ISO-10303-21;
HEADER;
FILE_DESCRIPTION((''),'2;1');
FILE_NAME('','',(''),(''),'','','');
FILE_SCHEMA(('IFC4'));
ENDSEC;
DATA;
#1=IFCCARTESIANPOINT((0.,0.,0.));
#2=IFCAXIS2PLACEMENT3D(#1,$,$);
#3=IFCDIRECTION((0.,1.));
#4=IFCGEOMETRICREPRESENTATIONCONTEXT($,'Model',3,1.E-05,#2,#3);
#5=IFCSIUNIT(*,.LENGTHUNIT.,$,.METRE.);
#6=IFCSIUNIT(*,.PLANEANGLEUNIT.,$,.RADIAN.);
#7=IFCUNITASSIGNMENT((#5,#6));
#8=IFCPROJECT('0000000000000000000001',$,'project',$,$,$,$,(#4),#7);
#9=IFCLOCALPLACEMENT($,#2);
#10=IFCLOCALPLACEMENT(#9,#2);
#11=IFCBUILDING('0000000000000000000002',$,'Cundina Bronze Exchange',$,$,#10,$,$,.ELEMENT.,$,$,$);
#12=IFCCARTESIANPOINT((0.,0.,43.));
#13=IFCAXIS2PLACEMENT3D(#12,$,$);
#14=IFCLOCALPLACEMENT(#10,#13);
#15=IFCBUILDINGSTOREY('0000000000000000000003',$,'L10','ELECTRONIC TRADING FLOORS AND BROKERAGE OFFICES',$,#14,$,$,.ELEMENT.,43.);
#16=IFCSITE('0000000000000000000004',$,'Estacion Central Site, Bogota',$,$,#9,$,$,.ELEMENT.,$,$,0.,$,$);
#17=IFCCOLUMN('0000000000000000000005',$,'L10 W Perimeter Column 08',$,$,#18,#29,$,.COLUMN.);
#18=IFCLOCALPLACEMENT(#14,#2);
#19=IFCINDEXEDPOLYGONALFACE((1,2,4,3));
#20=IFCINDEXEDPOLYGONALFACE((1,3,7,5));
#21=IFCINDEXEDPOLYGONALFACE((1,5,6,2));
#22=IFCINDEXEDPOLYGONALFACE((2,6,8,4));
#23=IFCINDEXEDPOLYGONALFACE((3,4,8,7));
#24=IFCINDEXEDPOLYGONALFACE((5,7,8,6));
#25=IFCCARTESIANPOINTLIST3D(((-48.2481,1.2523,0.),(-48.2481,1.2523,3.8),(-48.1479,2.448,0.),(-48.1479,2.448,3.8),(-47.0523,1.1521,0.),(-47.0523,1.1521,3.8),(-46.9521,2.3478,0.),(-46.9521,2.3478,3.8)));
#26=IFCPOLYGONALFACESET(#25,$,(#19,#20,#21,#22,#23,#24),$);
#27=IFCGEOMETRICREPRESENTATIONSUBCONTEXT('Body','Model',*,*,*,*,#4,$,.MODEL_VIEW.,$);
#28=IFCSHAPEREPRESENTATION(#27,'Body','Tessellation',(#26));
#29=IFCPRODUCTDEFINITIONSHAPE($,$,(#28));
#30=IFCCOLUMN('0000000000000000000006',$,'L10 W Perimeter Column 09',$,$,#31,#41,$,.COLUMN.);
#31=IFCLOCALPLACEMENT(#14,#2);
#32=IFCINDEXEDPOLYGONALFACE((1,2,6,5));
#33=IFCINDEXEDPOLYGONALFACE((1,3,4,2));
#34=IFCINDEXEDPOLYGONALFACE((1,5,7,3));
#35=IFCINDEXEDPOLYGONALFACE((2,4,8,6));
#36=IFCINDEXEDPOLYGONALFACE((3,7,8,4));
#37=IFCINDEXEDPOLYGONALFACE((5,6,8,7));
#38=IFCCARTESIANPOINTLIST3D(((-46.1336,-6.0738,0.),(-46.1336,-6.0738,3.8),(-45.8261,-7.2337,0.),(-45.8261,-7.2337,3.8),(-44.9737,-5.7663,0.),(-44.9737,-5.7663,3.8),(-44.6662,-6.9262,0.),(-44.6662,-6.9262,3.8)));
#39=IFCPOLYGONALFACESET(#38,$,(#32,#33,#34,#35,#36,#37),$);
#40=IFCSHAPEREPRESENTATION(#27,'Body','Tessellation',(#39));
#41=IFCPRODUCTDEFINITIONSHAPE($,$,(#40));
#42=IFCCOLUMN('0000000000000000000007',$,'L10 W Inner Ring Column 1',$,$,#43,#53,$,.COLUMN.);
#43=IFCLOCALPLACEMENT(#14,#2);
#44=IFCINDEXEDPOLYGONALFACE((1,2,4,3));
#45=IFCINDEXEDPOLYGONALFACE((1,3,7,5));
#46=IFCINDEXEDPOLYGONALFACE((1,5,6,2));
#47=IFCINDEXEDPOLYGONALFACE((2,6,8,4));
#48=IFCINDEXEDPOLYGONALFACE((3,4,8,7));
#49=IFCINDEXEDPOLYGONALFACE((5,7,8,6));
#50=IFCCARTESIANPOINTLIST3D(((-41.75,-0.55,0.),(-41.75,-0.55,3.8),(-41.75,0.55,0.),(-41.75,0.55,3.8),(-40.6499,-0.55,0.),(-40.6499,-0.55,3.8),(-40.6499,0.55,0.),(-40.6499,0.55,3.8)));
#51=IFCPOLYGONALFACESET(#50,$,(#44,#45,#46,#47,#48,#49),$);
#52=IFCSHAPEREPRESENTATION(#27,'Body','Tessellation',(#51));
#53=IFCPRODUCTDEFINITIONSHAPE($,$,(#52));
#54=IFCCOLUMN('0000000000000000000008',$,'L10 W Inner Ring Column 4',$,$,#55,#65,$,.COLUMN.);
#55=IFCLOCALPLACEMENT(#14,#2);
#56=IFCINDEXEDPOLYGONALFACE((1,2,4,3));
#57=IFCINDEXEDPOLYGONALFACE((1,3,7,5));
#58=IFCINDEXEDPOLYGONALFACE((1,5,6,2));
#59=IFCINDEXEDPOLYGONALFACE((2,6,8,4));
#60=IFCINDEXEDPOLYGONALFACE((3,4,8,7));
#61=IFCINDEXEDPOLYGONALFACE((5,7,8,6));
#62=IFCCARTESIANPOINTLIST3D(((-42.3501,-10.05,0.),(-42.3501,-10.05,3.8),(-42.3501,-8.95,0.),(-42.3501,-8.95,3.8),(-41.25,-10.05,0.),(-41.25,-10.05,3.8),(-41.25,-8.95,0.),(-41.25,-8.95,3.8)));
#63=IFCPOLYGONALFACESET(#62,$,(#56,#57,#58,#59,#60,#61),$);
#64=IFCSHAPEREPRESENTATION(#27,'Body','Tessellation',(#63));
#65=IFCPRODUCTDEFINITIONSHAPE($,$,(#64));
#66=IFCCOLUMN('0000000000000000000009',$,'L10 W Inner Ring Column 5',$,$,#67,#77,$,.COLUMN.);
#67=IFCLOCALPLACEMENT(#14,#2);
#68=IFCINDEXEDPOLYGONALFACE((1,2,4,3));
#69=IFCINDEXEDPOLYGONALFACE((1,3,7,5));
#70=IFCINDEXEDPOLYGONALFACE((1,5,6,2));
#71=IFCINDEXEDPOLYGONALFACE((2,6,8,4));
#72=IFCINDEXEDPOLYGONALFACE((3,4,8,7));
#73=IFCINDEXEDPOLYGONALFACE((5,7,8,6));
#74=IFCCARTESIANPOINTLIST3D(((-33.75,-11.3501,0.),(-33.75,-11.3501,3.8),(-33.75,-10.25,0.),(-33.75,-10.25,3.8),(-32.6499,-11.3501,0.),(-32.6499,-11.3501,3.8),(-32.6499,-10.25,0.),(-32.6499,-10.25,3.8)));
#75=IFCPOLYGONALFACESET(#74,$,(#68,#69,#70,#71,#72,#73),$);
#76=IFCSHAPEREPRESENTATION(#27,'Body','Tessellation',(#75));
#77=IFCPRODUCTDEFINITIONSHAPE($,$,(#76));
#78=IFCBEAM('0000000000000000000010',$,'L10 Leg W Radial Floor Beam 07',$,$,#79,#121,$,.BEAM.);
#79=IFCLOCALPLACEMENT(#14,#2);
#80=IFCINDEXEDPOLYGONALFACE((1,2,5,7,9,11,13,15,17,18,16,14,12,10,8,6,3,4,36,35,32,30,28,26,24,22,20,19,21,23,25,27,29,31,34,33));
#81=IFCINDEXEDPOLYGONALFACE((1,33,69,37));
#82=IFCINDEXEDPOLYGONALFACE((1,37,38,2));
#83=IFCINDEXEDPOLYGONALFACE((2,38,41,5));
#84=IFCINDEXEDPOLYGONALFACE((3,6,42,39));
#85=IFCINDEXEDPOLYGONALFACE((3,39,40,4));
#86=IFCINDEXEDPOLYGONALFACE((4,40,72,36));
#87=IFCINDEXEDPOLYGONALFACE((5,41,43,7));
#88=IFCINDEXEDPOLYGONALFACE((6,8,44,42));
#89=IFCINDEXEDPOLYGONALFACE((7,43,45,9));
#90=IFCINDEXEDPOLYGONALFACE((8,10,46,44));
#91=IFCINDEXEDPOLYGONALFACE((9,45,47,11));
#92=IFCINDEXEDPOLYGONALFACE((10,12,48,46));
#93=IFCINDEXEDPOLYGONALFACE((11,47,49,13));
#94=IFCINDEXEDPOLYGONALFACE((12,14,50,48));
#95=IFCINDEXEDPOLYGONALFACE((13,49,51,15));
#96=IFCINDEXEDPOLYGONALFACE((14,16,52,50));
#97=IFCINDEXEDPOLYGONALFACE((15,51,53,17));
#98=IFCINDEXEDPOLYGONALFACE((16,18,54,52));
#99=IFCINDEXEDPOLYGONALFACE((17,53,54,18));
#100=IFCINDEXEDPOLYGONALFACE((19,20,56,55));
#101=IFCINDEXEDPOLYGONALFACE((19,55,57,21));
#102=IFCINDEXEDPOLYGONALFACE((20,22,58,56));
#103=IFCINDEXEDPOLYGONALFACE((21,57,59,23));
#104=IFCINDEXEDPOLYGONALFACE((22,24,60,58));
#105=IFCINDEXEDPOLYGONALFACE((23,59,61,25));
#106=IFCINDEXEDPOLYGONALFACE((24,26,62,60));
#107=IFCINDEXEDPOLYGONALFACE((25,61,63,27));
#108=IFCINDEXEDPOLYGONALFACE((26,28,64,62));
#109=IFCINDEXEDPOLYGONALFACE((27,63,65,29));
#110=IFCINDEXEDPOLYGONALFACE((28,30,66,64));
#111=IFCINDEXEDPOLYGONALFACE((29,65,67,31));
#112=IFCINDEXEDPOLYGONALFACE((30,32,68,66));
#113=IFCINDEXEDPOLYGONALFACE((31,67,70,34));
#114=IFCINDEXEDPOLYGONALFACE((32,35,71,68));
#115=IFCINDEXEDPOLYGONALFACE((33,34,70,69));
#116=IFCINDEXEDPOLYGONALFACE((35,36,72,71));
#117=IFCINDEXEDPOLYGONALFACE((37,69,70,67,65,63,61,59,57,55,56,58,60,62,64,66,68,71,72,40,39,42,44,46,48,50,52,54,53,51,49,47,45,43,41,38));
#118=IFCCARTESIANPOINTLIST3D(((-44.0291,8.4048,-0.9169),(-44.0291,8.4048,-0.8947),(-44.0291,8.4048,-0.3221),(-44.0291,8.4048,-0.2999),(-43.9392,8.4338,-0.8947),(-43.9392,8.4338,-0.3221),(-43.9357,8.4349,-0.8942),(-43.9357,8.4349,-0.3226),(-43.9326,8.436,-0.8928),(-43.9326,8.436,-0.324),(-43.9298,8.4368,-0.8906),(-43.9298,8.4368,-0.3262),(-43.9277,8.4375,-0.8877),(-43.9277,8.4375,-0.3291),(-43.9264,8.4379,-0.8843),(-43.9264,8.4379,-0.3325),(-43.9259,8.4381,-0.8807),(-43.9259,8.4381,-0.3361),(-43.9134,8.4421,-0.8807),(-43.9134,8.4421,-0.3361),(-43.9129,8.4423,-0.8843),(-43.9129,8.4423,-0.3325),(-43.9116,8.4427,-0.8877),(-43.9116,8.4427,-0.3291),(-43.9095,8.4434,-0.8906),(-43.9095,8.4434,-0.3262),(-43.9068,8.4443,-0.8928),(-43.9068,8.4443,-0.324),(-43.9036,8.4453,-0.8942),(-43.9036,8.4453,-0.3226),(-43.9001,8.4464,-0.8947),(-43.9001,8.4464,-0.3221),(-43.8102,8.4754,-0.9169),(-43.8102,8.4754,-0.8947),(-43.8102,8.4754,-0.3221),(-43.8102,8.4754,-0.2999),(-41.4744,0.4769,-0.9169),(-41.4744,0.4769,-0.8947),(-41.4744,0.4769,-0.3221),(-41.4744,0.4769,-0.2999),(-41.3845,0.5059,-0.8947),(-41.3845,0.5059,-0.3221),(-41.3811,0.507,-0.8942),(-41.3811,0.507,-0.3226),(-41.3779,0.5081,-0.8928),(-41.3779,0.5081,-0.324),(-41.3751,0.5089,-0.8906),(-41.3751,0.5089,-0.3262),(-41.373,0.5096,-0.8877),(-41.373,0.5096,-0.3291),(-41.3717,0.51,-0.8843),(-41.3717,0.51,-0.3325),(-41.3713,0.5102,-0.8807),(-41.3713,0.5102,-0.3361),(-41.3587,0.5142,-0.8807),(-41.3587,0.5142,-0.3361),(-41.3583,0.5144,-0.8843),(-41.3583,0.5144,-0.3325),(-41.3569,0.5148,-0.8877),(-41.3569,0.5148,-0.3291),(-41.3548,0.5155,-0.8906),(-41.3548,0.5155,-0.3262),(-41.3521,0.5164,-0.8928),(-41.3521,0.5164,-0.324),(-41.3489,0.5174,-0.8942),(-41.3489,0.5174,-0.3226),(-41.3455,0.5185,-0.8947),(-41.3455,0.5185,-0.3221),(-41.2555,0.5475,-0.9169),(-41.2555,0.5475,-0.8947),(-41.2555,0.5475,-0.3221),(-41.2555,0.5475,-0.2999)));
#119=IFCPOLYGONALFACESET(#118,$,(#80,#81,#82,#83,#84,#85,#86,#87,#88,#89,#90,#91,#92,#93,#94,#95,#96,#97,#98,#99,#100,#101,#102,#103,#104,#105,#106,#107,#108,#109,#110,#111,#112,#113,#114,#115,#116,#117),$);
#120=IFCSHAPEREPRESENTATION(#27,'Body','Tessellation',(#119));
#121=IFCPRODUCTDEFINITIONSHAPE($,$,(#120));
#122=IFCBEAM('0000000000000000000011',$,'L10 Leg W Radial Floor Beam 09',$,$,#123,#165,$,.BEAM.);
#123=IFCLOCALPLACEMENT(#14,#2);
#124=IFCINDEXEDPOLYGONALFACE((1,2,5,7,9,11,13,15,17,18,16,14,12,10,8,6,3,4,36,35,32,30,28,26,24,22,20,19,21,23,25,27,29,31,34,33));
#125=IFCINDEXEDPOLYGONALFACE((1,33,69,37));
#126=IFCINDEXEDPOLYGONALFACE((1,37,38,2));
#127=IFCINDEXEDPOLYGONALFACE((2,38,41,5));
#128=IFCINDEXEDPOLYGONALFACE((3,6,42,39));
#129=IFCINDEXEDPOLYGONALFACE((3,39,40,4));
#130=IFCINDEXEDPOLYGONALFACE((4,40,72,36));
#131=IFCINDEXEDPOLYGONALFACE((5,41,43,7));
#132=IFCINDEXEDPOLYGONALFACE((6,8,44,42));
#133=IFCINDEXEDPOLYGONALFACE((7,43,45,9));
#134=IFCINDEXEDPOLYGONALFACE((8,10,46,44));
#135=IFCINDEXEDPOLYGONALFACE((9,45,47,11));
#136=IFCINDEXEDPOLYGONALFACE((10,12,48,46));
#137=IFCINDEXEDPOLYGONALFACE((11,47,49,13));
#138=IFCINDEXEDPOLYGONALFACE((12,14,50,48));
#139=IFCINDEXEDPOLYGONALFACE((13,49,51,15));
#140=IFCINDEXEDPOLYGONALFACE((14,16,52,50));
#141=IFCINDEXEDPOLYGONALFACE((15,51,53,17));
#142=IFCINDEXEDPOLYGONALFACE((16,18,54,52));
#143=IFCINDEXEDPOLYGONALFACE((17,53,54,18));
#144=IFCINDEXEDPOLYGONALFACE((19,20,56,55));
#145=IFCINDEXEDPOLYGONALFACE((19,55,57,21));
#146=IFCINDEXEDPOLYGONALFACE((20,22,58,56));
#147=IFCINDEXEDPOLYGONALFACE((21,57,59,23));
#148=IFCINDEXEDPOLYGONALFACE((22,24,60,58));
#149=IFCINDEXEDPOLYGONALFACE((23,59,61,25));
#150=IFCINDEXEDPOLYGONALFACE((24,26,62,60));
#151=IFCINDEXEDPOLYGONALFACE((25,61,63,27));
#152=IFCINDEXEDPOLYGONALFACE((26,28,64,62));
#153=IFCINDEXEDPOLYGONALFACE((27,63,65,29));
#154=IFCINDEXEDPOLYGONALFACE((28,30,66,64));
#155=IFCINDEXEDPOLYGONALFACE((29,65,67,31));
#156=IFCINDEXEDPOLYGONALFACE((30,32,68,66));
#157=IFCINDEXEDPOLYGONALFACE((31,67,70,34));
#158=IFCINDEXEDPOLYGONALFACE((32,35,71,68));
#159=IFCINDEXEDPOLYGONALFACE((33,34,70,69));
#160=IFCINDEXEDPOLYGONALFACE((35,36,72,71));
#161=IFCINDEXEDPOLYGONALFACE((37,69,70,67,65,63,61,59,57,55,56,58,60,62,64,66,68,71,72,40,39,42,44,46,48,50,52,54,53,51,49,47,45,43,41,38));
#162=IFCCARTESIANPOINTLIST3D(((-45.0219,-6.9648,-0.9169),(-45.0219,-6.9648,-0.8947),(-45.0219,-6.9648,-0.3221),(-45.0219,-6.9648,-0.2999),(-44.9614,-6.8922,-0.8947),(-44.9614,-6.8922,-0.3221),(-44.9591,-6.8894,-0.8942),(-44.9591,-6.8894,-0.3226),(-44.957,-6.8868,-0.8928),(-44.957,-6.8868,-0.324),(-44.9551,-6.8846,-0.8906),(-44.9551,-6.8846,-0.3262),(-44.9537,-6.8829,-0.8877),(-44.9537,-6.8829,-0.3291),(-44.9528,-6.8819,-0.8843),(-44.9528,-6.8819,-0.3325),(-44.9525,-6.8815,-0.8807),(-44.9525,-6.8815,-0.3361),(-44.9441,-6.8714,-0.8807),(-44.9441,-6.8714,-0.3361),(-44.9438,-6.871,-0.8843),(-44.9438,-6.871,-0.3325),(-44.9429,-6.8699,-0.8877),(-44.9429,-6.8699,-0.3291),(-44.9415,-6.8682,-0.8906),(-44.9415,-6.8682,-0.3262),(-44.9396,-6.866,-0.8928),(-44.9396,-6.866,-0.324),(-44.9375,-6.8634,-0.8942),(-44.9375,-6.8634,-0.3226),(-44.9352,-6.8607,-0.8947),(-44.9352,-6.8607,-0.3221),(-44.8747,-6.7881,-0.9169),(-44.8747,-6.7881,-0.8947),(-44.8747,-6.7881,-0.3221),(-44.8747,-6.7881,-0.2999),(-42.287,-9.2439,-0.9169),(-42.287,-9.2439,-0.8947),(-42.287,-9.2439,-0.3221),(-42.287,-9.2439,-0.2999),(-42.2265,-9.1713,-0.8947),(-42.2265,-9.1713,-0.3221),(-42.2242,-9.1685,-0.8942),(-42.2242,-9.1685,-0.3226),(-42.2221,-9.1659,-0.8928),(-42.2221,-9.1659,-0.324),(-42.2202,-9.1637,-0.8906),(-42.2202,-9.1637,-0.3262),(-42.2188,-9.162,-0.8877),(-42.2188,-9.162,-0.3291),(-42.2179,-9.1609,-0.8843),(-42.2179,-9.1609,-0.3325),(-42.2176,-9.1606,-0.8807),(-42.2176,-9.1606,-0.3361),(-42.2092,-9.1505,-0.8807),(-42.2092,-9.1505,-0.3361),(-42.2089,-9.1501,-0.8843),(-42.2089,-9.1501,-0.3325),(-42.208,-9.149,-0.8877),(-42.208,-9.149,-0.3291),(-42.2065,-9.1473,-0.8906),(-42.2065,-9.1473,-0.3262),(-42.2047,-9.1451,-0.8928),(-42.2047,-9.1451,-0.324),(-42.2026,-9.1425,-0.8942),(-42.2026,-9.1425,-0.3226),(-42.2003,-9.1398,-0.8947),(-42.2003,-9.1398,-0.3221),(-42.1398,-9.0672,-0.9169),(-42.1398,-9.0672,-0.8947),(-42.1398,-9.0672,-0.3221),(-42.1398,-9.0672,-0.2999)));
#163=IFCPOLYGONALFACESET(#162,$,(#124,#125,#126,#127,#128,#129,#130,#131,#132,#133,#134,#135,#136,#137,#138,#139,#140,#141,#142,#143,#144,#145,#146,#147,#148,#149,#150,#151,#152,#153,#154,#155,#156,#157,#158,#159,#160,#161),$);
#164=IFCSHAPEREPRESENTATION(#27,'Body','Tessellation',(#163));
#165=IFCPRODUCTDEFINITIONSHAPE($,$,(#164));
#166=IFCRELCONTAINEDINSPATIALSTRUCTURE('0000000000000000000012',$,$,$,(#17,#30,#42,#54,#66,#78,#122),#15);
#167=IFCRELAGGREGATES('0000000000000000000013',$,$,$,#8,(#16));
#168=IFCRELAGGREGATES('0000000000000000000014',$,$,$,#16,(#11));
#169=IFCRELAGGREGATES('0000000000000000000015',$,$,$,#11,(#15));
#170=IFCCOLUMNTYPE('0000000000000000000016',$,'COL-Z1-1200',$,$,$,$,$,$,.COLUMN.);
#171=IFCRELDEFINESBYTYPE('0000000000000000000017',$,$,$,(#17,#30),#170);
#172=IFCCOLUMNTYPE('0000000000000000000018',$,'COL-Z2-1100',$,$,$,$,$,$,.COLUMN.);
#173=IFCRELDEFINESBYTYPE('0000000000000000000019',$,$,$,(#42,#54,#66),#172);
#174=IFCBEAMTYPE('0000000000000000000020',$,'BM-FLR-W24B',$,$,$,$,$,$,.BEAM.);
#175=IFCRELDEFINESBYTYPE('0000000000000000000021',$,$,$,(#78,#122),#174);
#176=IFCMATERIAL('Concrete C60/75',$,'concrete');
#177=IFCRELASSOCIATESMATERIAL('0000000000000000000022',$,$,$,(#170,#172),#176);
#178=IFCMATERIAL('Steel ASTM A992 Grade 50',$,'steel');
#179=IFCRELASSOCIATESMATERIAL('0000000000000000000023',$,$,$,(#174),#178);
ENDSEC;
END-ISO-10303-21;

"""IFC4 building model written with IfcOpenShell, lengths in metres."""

from ifc_helpers import new_model, si_unit, direction, frame, origin, origin_2d, place, context, subcontext, project, spatial, rectangle, i_section, extrude, material, material_profile, profile_set, type_object, element, save


model = new_model("IFC4")

# Units and contexts
model_context = context("Model", 3, precision=1e-05, world=origin(), true_north=direction((0.0, 1.0)))
body_context = subcontext(model_context, "Body", "Model", "MODEL_VIEW")
ifc_project = project(units=[si_unit("LENGTHUNIT", "METRE"), si_unit("PLANEANGLEUNIT", "RADIAN")], contexts=[model_context])

# Site, building, storey
site_placement = place(None, origin())
site = spatial("IfcSite", under=ifc_project, at=site_placement, Name="Estacion Central Site, Bogota", CompositionType="ELEMENT", RefElevation=0.0)
building_placement = place(site_placement, origin())
building = spatial("IfcBuilding", under=site, at=building_placement, Name="Cundina Bronze Exchange", CompositionType="ELEMENT")
storey_placement = place(building_placement, frame((0.0, 0.0, 43.0)))
storey = spatial("IfcBuildingStorey", under=building, at=storey_placement, Name="L10", Description="ELECTRONIC TRADING FLOORS AND BROKERAGE OFFICES", CompositionType="ELEMENT", Elevation=43.0)

# Columns
ifc_material_1 = material(Name="Concrete C60/75", Category="concrete")
ifc_material_profile_1 = material_profile(ifc_material_1, rectangle(XDim=1.2, YDim=1.2, at=origin_2d()), Name="RC1200X1200", Category="concrete")
ifc_profile_set_1 = profile_set([ifc_material_profile_1], Name="Concrete C60/75")
column_type_1 = type_object("IfcColumnType", Name="COL-Z1-1200", PredefinedType="COLUMN", material=ifc_profile_set_1)
for number, where, z_axis, x_axis, name in (
    (1, (-47.6001, 1.8, 0.0), (0.0, 0.0, 1.0), (-0.083504, -0.996507, 0.0), "L10 W Perimeter Column 08"),
    (2, (-45.3999, -6.5, 0.0), (0.0, 0.0, 1.0), (0.256289, -0.9666, 0.0), "L10 W Perimeter Column 09"),
):
    element("IfcColumn", number, at=place(storey_placement, frame(where, z_axis=z_axis, x_axis=x_axis)), inside=storey, type_object=column_type_1, Name=name, PredefinedType="COLUMN", context=body_context, shape_type="SweptSolid", body=[
        extrude(rectangle(XDim=1.2, YDim=1.2, at=origin_2d()), origin(), (0.0, 0.0, 1.0), 3.8),
    ])
ifc_material_profile_2 = material_profile(ifc_material_1, rectangle(XDim=1.1001, YDim=1.1001, at=origin_2d()), Name="RC1100X1100", Category="concrete")
ifc_profile_set_2 = profile_set([ifc_material_profile_2], Name="Concrete C60/75")
column_type_2 = type_object("IfcColumnType", Name="COL-Z2-1100", PredefinedType="COLUMN", material=ifc_profile_set_2)
for number, where, z_axis, x_axis, name in (
    (3, (-41.2, 0.0, 0.0), (0.0, 0.0, 1.0), (1.0, 0.0, 0.0), "L10 W Inner Ring Column 1"),
    (4, (-41.8, -9.5, 0.0), (0.0, 0.0, 1.0), (1.0, 0.0, 0.0), "L10 W Inner Ring Column 4"),
    (5, (-33.2, -10.8, 0.0), (0.0, 0.0, 1.0), (1.0, 0.0, 0.0), "L10 W Inner Ring Column 5"),
):
    element("IfcColumn", number, at=place(storey_placement, frame(where, z_axis=z_axis, x_axis=x_axis)), inside=storey, type_object=column_type_2, Name=name, PredefinedType="COLUMN", context=body_context, shape_type="SweptSolid", body=[
        extrude(rectangle(XDim=1.1001, YDim=1.1001, at=origin_2d()), origin(), (0.0, 0.0, 1.0), 3.8),
    ])

# Beams
ifc_material_2 = material(Name="Steel ASTM A992 Grade 50", Category="steel")
ifc_material_profile_3 = material_profile(ifc_material_2, i_section(OverallWidth=0.23, OverallDepth=0.6169, WebThickness=0.0132, FlangeThickness=0.0222, FilletRadius=0.0139, at=origin_2d()), Name="W24X94", Category="steel")
ifc_profile_set_3 = profile_set([ifc_material_profile_3], Name="Steel ASTM A992 Grade 50")
beam_type_1 = type_object("IfcBeamType", Name="BM-FLR-W24B", PredefinedType="BEAM", material=ifc_profile_set_3)
beam_1_placement = place(storey_placement, frame((-41.365, 0.5122, -0.6084), z_axis=(-0.306706, 0.951804, 0.0), x_axis=(-0.951804, -0.306706, 0.0)))
element("IfcBeam", 6, at=beam_1_placement, inside=storey, type_object=beam_type_1, Name="L10 Leg W Radial Floor Beam 07", PredefinedType="BEAM", context=body_context, shape_type="SweptSolid", body=[
    extrude(i_section(OverallWidth=0.23, OverallDepth=0.6169, WebThickness=0.0132, FlangeThickness=0.0222, FilletRadius=0.0139, at=origin_2d()), origin(), (0.0, 0.0, 1.0), 8.3293),
])
beam_2_placement = place(storey_placement, frame((-42.2134, -9.1555, -0.6084), z_axis=(-0.768221, 0.640184, 0.0), x_axis=(-0.640184, -0.768221, 0.0)))
element("IfcBeam", 7, at=beam_2_placement, inside=storey, type_object=beam_type_1, Name="L10 Leg W Radial Floor Beam 09", PredefinedType="BEAM", context=body_context, shape_type="SweptSolid", body=[
    extrude(i_section(OverallWidth=0.23, OverallDepth=0.6169, WebThickness=0.0132, FlangeThickness=0.0222, FilletRadius=0.0139, at=origin_2d()), origin(), (0.0, 0.0, 1.0), 3.5601),
])

save(model, "model.ifc")
